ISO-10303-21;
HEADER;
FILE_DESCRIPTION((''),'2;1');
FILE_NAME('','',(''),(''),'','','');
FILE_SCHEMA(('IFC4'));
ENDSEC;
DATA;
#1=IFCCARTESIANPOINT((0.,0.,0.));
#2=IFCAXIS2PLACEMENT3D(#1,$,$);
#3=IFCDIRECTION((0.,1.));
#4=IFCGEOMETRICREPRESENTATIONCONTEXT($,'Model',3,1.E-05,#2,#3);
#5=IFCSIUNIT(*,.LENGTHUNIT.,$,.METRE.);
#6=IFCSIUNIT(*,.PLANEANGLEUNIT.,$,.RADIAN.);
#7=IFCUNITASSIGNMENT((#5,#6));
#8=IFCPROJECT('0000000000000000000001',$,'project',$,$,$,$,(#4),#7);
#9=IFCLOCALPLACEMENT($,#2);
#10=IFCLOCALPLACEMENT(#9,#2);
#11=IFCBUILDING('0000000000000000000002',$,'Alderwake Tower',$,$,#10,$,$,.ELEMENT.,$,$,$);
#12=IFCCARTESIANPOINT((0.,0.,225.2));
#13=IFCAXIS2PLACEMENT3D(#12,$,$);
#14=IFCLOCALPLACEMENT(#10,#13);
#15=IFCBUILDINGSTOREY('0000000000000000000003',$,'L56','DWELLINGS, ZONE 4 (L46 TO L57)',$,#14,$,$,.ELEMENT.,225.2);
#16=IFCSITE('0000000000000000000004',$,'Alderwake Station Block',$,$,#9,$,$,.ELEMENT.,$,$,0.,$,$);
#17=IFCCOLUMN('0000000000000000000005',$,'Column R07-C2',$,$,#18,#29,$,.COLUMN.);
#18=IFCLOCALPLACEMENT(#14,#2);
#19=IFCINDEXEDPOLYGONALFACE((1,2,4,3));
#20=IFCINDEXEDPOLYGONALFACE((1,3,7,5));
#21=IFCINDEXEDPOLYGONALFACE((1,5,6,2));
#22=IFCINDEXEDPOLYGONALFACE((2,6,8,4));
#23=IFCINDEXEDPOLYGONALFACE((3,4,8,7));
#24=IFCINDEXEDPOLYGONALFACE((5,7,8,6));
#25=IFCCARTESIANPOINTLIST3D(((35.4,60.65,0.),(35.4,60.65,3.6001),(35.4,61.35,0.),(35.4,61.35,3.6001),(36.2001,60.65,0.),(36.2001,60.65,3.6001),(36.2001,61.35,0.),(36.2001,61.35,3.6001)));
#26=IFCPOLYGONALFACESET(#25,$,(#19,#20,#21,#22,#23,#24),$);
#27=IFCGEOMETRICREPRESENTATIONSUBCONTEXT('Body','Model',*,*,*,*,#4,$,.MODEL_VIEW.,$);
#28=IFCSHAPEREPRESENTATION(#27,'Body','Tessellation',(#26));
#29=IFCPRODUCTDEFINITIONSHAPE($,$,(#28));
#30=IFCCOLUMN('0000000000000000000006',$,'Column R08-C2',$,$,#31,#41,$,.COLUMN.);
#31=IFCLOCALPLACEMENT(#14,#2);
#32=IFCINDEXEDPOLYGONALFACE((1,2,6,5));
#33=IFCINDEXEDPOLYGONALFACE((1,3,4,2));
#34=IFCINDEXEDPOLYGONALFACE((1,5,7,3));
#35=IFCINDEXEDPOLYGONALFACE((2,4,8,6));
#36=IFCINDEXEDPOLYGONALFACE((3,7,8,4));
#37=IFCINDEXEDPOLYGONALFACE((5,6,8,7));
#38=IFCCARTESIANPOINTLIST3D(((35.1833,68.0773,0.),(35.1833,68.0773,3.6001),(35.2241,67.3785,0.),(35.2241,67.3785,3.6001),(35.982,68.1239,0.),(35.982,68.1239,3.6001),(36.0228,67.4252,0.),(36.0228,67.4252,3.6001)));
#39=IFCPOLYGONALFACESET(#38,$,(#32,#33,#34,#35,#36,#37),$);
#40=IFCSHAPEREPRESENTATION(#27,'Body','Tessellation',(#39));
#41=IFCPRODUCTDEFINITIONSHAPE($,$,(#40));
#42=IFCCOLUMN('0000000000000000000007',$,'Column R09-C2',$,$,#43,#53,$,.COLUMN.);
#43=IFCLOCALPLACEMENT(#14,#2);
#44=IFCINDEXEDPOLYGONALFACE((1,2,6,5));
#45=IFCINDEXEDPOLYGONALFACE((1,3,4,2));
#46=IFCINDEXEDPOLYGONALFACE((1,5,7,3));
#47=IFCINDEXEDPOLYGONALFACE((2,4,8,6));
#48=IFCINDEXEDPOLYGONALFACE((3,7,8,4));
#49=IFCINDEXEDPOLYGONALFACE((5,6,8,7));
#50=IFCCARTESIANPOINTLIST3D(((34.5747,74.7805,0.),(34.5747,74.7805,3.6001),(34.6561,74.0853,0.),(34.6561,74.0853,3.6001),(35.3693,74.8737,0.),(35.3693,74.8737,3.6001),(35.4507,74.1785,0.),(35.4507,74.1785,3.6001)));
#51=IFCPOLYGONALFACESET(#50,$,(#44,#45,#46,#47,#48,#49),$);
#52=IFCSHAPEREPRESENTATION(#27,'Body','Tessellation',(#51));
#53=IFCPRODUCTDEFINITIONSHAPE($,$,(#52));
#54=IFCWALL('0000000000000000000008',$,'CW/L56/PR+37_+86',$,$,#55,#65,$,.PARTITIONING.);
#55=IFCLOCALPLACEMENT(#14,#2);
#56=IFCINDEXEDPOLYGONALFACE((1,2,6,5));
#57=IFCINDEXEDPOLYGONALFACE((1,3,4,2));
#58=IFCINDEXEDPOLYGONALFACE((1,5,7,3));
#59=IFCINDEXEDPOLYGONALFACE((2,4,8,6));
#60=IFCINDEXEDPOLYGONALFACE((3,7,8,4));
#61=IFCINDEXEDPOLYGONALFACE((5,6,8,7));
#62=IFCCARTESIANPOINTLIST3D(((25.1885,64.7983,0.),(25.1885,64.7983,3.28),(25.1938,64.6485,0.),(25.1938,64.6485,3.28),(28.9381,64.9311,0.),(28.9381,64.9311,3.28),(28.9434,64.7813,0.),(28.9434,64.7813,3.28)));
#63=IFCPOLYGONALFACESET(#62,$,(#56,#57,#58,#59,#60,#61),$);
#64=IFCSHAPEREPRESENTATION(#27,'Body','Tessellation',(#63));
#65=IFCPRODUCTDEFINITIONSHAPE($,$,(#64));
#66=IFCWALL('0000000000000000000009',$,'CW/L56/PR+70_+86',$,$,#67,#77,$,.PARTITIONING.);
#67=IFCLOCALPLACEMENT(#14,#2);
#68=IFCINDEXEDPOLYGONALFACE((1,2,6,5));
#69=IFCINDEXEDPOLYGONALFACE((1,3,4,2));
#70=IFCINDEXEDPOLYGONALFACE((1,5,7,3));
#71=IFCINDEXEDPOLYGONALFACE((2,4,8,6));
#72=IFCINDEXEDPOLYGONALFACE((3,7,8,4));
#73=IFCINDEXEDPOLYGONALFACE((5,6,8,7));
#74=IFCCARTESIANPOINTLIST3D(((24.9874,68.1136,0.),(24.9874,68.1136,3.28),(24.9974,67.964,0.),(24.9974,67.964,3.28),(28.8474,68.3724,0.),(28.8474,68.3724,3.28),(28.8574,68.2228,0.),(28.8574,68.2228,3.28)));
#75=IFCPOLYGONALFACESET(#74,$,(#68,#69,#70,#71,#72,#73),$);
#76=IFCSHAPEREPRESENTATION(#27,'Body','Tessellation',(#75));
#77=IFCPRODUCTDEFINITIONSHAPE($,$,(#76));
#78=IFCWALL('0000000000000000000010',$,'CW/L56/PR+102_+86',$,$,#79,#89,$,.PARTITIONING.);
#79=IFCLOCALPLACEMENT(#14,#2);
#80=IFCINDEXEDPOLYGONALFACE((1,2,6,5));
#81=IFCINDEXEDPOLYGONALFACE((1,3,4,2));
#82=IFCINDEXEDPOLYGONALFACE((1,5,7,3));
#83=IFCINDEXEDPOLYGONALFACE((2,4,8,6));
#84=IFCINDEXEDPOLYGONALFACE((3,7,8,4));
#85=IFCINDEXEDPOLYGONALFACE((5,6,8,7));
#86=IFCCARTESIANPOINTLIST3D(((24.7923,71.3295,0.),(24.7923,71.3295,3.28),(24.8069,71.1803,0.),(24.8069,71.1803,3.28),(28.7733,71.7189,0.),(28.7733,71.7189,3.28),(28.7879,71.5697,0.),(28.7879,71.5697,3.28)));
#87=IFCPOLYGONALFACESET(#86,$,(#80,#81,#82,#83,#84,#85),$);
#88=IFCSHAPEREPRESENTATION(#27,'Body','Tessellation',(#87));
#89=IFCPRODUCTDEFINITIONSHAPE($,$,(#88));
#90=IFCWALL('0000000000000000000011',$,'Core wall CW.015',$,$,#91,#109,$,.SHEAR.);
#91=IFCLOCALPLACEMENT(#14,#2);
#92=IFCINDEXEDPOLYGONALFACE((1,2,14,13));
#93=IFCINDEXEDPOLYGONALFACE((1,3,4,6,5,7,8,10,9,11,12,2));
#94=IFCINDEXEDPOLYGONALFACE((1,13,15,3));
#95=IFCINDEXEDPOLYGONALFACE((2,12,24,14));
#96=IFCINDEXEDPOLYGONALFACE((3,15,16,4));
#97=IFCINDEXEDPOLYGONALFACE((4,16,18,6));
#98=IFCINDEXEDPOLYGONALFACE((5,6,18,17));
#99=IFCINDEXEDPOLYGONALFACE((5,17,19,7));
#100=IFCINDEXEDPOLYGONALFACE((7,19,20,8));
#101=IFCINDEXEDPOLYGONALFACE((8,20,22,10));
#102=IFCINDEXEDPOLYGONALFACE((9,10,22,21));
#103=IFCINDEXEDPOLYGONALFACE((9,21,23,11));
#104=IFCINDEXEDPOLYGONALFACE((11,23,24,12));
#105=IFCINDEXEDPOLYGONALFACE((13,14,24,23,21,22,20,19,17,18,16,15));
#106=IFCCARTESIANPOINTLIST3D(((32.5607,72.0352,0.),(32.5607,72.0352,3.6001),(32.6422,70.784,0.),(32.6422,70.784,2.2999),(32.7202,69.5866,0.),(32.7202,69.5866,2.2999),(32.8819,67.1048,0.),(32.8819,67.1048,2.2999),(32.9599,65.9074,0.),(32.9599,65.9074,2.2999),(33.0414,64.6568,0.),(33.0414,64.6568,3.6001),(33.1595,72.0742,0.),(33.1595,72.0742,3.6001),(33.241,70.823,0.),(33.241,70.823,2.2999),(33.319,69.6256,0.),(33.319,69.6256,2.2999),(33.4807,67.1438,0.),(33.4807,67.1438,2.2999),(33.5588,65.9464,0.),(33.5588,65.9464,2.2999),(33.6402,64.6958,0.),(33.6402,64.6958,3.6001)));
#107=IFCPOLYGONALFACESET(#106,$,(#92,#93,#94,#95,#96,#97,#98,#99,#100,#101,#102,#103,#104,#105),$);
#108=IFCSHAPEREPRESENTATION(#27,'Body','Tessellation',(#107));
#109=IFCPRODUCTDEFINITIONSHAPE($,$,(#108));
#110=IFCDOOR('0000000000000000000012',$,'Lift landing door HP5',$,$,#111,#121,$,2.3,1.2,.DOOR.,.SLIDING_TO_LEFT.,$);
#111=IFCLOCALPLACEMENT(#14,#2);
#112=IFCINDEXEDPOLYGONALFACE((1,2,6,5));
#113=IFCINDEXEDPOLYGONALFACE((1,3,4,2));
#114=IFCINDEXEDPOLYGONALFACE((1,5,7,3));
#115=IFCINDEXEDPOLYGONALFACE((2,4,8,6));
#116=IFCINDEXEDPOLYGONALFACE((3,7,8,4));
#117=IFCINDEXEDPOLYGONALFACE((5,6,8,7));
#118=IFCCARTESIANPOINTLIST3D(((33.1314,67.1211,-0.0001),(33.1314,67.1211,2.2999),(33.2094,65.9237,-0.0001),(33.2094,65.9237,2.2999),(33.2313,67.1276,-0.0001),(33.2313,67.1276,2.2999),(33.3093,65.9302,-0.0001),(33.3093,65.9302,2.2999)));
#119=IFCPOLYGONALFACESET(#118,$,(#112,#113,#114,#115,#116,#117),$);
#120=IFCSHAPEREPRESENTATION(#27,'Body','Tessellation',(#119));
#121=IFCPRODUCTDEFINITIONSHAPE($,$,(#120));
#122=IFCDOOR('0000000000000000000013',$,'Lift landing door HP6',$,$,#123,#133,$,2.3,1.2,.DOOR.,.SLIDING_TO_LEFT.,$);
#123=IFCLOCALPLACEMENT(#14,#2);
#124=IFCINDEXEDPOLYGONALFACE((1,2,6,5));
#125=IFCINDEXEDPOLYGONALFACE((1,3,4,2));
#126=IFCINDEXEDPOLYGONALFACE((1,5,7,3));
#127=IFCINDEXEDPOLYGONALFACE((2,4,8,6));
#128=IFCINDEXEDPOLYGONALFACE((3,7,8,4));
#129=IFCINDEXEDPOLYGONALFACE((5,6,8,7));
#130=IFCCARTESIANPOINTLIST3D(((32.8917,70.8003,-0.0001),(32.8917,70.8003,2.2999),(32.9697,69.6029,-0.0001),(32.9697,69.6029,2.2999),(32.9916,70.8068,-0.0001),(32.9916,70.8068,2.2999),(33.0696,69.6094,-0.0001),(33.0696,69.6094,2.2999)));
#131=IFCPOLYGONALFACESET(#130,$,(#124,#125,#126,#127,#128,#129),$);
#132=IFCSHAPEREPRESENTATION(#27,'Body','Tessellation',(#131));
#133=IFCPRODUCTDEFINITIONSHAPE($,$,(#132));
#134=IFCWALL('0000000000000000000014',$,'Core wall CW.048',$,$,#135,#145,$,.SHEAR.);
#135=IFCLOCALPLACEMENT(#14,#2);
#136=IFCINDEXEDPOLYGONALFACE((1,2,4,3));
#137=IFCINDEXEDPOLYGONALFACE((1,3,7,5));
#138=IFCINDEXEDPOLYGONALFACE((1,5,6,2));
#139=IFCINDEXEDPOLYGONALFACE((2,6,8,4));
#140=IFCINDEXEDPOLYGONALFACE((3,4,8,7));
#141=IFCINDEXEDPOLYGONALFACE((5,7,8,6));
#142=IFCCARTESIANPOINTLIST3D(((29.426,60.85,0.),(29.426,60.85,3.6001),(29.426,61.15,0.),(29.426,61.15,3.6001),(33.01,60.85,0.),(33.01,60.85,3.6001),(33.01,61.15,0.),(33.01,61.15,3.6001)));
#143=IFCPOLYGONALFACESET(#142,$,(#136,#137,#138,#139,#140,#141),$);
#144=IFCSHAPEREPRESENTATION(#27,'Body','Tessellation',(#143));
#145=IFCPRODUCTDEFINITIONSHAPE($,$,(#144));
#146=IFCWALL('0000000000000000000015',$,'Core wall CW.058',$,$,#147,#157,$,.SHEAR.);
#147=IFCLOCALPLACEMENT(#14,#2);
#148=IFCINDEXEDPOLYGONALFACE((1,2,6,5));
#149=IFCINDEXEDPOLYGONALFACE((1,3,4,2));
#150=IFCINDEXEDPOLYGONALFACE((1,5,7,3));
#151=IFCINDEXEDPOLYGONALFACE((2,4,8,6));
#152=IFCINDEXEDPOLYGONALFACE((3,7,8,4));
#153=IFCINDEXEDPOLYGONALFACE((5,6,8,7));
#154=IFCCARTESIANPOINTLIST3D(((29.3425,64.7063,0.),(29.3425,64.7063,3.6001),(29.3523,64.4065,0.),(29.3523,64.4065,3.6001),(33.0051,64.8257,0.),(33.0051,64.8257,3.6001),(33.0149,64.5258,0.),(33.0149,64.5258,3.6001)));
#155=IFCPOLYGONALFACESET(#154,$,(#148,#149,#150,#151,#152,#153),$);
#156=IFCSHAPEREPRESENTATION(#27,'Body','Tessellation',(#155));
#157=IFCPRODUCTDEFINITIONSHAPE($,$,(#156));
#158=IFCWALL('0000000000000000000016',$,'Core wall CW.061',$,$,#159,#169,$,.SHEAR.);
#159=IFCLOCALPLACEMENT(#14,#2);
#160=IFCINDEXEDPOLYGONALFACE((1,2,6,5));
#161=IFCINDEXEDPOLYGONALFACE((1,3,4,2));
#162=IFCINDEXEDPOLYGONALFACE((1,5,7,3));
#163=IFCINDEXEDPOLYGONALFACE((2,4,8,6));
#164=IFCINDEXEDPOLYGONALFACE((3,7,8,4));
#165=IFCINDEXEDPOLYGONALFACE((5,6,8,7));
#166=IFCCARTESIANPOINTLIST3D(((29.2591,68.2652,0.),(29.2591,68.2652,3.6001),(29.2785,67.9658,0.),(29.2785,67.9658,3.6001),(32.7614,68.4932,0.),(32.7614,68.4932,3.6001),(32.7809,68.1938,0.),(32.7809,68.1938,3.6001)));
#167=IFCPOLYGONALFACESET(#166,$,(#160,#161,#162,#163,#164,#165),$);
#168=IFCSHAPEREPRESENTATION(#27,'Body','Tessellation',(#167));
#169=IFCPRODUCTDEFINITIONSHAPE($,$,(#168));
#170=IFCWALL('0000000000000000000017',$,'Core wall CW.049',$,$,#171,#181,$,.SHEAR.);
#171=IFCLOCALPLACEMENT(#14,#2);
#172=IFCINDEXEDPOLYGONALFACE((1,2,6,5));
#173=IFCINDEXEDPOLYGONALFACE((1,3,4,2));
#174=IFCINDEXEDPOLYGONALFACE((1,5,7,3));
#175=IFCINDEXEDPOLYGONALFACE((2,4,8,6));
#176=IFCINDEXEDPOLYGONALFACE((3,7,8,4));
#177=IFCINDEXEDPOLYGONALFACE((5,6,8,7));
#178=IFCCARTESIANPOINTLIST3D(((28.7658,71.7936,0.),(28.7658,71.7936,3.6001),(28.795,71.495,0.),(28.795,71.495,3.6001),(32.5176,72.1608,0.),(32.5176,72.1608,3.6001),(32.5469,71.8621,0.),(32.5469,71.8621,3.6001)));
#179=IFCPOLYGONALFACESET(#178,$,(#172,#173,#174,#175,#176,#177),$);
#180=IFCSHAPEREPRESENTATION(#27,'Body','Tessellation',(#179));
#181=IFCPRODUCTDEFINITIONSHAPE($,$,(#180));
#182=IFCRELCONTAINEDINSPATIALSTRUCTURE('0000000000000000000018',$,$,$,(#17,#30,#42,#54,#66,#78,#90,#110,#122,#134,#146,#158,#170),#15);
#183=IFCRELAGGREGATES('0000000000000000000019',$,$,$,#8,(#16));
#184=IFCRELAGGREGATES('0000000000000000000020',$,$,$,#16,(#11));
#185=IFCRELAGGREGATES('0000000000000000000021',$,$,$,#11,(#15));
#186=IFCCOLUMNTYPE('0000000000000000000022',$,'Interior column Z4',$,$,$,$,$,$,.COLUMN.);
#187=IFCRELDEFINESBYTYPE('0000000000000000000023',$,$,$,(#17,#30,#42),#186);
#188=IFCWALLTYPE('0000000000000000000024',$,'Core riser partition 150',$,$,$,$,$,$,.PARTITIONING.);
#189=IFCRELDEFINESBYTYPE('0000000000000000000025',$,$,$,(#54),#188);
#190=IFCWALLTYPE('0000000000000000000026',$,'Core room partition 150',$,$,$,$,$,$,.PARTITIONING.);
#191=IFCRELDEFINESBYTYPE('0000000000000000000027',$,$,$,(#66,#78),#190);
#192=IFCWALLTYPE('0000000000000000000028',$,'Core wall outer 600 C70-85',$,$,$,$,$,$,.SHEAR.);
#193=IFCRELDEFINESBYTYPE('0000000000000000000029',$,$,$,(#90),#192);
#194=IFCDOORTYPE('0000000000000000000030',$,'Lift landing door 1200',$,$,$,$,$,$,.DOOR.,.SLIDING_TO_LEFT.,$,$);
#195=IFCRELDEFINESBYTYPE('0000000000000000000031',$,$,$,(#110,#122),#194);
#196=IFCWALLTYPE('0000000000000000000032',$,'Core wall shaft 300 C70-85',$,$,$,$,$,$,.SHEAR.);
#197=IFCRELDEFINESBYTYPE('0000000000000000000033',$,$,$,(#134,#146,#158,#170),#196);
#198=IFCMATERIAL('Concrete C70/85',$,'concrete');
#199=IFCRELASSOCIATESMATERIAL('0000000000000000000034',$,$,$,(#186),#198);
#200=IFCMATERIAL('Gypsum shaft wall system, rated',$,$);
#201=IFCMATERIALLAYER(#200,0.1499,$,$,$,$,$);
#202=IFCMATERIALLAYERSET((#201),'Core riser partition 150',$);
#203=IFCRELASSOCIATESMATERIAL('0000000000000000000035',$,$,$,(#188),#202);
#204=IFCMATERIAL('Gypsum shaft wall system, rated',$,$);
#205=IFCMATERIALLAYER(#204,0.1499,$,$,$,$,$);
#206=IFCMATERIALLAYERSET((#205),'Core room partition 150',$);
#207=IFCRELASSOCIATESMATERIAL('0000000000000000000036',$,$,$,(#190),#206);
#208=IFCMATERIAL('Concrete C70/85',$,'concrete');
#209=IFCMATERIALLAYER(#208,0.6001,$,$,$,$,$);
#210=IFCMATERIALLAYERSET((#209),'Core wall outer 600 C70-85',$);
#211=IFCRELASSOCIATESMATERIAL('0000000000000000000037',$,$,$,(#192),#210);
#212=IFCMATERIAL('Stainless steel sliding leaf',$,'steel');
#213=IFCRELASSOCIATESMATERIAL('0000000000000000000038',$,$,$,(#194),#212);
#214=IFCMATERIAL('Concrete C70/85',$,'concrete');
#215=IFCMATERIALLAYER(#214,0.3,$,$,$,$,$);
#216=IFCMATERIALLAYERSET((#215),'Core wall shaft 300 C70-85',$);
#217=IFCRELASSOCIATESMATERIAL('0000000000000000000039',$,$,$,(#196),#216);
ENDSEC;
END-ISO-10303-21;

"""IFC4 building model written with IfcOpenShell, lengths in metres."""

from ifc_helpers import new_model, si_unit, direction, frame, frame_2d, origin, origin_2d, place, context, subcontext, project, spatial, rectangle, extrude, material, layer, layer_set, material_profile, profile_set, type_object, element, fill, save


model = new_model("IFC4")

# Units and contexts
model_context = context("Model", 3, precision=1e-05, world=origin(), true_north=direction((0.0, 1.0)))
body_context = subcontext(model_context, "Body", "Model", "MODEL_VIEW")
ifc_project = project(units=[si_unit("LENGTHUNIT", "METRE"), si_unit("PLANEANGLEUNIT", "RADIAN")], contexts=[model_context])

# Site, building, storey
site_placement = place(None, origin())
site = spatial("IfcSite", under=ifc_project, at=site_placement, Name="Alderwake Station Block", CompositionType="ELEMENT", RefElevation=0.0)
building_placement = place(site_placement, origin())
building = spatial("IfcBuilding", under=site, at=building_placement, Name="Alderwake Tower", CompositionType="ELEMENT")
storey_placement = place(building_placement, frame((0.0, 0.0, 225.2)))
storey = spatial("IfcBuildingStorey", under=building, at=storey_placement, Name="L56", Description="DWELLINGS, ZONE 4 (L46 TO L57)", CompositionType="ELEMENT", Elevation=225.2)

# Columns
ifc_material_1 = material(Name="Concrete C70/85", Category="concrete")
ifc_material_profile = material_profile(ifc_material_1, rectangle(XDim=0.7, YDim=0.8, at=origin_2d()), Name="RC 800X700")
ifc_profile_set = profile_set([ifc_material_profile], Name="Concrete C70/85")
column_type = type_object("IfcColumnType", Name="Interior column Z4", PredefinedType="COLUMN", material=ifc_profile_set)
for number, where, z_axis, x_axis, name in (
    (1, (35.8, 61.0, 0.0), (0.0, 0.0, 1.0), (0.0, 1.0, 0.0), "Column R07-C2"),
    (2, (35.603, 67.7512, 0.0), (0.0, 0.0, 1.0), (-0.058301, 0.998299, 0.0), "Column R08-C2"),
    (3, (35.0127, 74.4795, 0.0), (0.0, 0.0, 1.0), (-0.116402, 0.993202, 0.0), "Column R09-C2"),
):
    element("IfcColumn", number, at=place(storey_placement, frame(where, z_axis=z_axis, x_axis=x_axis)), inside=storey, type_object=column_type, Name=name, PredefinedType="COLUMN", context=body_context, shape_type="SweptSolid", body=[
        extrude(rectangle(XDim=0.7, YDim=0.8, at=origin_2d()), origin(), (0.0, 0.0, 1.0), 3.6001),
    ])

# Walls
ifc_material_2 = material(Name="Gypsum shaft wall system, rated")
ifc_layer_1 = layer(ifc_material_2, 0.1499)
ifc_layer_set_1 = layer_set([ifc_layer_1], Name="Core riser partition 150")
wall_type_1 = type_object("IfcWallType", Name="Core riser partition 150", PredefinedType="PARTITIONING", material=ifc_layer_set_1)
wall_1_placement = place(storey_placement, frame((25.1912, 64.7234, 0.0), z_axis=(0.0, 0.0, 1.0), x_axis=(0.999373, 0.035399, 0.0)))
element("IfcWall", 4, at=wall_1_placement, inside=storey, type_object=wall_type_1, Name="CW/L56/PR+37_+86", PredefinedType="PARTITIONING", context=body_context, shape_type="SweptSolid", body=[
    extrude(rectangle(XDim=3.752, YDim=0.1499, at=frame_2d((1.876, 0.0))), origin(), (0.0, 0.0, 1.0), 3.28),
])
ifc_material_3 = material(Name="Gypsum shaft wall system, rated")
ifc_layer_2 = layer(ifc_material_3, 0.1499)
ifc_layer_set_2 = layer_set([ifc_layer_2], Name="Core room partition 150")
wall_type_2 = type_object("IfcWallType", Name="Core room partition 150", PredefinedType="PARTITIONING", material=ifc_layer_set_2)
wall_2_placement = place(storey_placement, frame((24.9924, 68.0388, 0.0), z_axis=(0.0, 0.0, 1.0), x_axis=(0.99776, 0.066892, 0.0)))
element("IfcWall", 5, at=wall_2_placement, inside=storey, type_object=wall_type_2, Name="CW/L56/PR+70_+86", PredefinedType="PARTITIONING", context=body_context, shape_type="SweptSolid", body=[
    extrude(rectangle(XDim=3.8687, YDim=0.1499, at=frame_2d((1.9343, 0.0))), origin(), (0.0, 0.0, 1.0), 3.28),
])
wall_3_placement = place(storey_placement, frame((24.7996, 71.2549, 0.0), z_axis=(0.0, 0.0, 1.0), x_axis=(0.99525, 0.097352, 0.0)))
element("IfcWall", 6, at=wall_3_placement, inside=storey, type_object=wall_type_2, Name="CW/L56/PR+102_+86", PredefinedType="PARTITIONING", context=body_context, shape_type="SweptSolid", body=[
    extrude(rectangle(XDim=4.0, YDim=0.1499, at=frame_2d((2.0, 0.0))), origin(), (0.0, 0.0, 1.0), 3.28),
])

# Wall, openings, doors
ifc_material_4 = material(Name="Concrete C70/85", Category="concrete")
ifc_layer_3 = layer(ifc_material_4, 0.6001)
ifc_layer_set_3 = layer_set([ifc_layer_3], Name="Core wall outer 600 C70-85")
wall_type_3 = type_object("IfcWallType", Name="Core wall outer 600 C70-85", PredefinedType="SHEAR", material=ifc_layer_set_3)
wall_4_placement = place(storey_placement, frame((33.3408, 64.6763, 0.0), z_axis=(0.0, 0.0, 1.0), x_axis=(-0.065013, 0.997884, 0.0)))
wall_4 = element("IfcWall", 7, at=wall_4_placement, inside=storey, type_object=wall_type_3, Name="Core wall CW.015", PredefinedType="SHEAR", context=body_context, shape_type="SweptSolid", body=[
    extrude(rectangle(XDim=7.394, YDim=0.6001, at=frame_2d((3.697, 0.0))), origin(), (0.0, 0.0, 1.0), 3.6001),
])
opening_1_placement = place(wall_4_placement, frame((1.2532, 0.0, 0.0)))
opening_1 = element("IfcOpeningElement", 8, at=opening_1_placement, cuts=wall_4, PredefinedType="OPENING", context=body_context, shape_type="SweptSolid", body=[
    extrude(rectangle(XDim=1.2, YDim=2.3, at=frame_2d((0.6001, 1.1499))), frame((0.0, 0.3101, 0.0), z_axis=(0.0, -1.0, 0.0), x_axis=(1.0, 0.0, 0.0)), (0.0, 0.0, 1.0), 0.6201),
])
opening_2_placement = place(wall_4_placement, frame((4.9402, 0.0, 0.0)))
opening_2 = element("IfcOpeningElement", 9, at=opening_2_placement, cuts=wall_4, PredefinedType="OPENING", context=body_context, shape_type="SweptSolid", body=[
    extrude(rectangle(XDim=1.2, YDim=2.3, at=frame_2d((0.6001, 1.1499))), frame((0.0, 0.3101, 0.0), z_axis=(0.0, -1.0, 0.0), x_axis=(1.0, 0.0, 0.0)), (0.0, 0.0, 1.0), 0.6201),
])
ifc_material_5 = material(Name="Stainless steel sliding leaf", Category="steel")
door_type_1 = type_object("IfcDoorType", Name="Lift landing door 1200", OperationType="SLIDING_TO_LEFT", PredefinedType="DOOR", material=ifc_material_5)
door_1_placement = place(opening_1_placement, origin())
door_1 = element("IfcDoor", 10, at=door_1_placement, inside=storey, type_object=door_type_1, Name="Lift landing door HP5", OperationType="SLIDING_TO_LEFT", OverallHeight=2.3, OverallWidth=1.2, PredefinedType="DOOR", context=body_context, shape_type="SweptSolid", body=[
    extrude(rectangle(XDim=1.2, YDim=2.3, at=frame_2d((0.6001, 1.1499))), frame((0.0, 0.05, 0.0), z_axis=(0.0, -1.0, 0.0), x_axis=(1.0, 0.0, 0.0)), (0.0, 0.0, 1.0), 0.1001),
])
fill(opening_1, door_1)
door_2_placement = place(opening_2_placement, origin())
door_2 = element("IfcDoor", 11, at=door_2_placement, inside=storey, type_object=door_type_1, Name="Lift landing door HP6", OperationType="SLIDING_TO_LEFT", OverallHeight=2.3, OverallWidth=1.2, PredefinedType="DOOR", context=body_context, shape_type="SweptSolid", body=[
    extrude(rectangle(XDim=1.2, YDim=2.3, at=frame_2d((0.6001, 1.1499))), frame((0.0, 0.05, 0.0), z_axis=(0.0, -1.0, 0.0), x_axis=(1.0, 0.0, 0.0)), (0.0, 0.0, 1.0), 0.1001),
])
fill(opening_2, door_2)

# Walls
ifc_material_6 = material(Name="Concrete C70/85", Category="concrete")
ifc_layer_4 = layer(ifc_material_6, 0.3)
ifc_layer_set_4 = layer_set([ifc_layer_4], Name="Core wall shaft 300 C70-85")
wall_type_4 = type_object("IfcWallType", Name="Core wall shaft 300 C70-85", PredefinedType="SHEAR", material=ifc_layer_set_4)
wall_5_placement = place(storey_placement, frame((29.426, 61.0, 0.0), z_axis=(0.0, 0.0, 1.0), x_axis=(1.0, 0.0, 0.0)))
element("IfcWall", 12, at=wall_5_placement, inside=storey, type_object=wall_type_4, Name="Core wall CW.048", PredefinedType="SHEAR", context=body_context, shape_type="SweptSolid", body=[
    extrude(rectangle(XDim=3.584, YDim=0.3, at=frame_2d((1.792, 0.0))), origin(), (0.0, 0.0, 1.0), 3.6001),
])
wall_6_placement = place(storey_placement, frame((29.3474, 64.5564, 0.0), z_axis=(0.0, 0.0, 1.0), x_axis=(0.999469, 0.032578, 0.0)))
element("IfcWall", 13, at=wall_6_placement, inside=storey, type_object=wall_type_4, Name="Core wall CW.058", PredefinedType="SHEAR", context=body_context, shape_type="SweptSolid", body=[
    extrude(rectangle(XDim=3.6646, YDim=0.3, at=frame_2d((1.8323, 0.0))), origin(), (0.0, 0.0, 1.0), 3.6001),
])
wall_7_placement = place(storey_placement, frame((29.2688, 68.1155, 0.0), z_axis=(0.0, 0.0, 1.0), x_axis=(0.997887, 0.064968, 0.0)))
element("IfcWall", 14, at=wall_7_placement, inside=storey, type_object=wall_type_4, Name="Core wall CW.061", PredefinedType="SHEAR", context=body_context, shape_type="SweptSolid", body=[
    extrude(rectangle(XDim=3.5098, YDim=0.3, at=frame_2d((1.7549, 0.0))), origin(), (0.0, 0.0, 1.0), 3.6001),
])
wall_8_placement = place(storey_placement, frame((28.7805, 71.6443, 0.0), z_axis=(0.0, 0.0, 1.0), x_axis=(0.995245, 0.0974, 0.0)))
element("IfcWall", 15, at=wall_8_placement, inside=storey, type_object=wall_type_4, Name="Core wall CW.049", PredefinedType="SHEAR", context=body_context, shape_type="SweptSolid", body=[
    extrude(rectangle(XDim=3.7698, YDim=0.3, at=frame_2d((1.8848, 0.0))), origin(), (0.0, 0.0, 1.0), 3.6001),
])

save(model, "model.ifc")
